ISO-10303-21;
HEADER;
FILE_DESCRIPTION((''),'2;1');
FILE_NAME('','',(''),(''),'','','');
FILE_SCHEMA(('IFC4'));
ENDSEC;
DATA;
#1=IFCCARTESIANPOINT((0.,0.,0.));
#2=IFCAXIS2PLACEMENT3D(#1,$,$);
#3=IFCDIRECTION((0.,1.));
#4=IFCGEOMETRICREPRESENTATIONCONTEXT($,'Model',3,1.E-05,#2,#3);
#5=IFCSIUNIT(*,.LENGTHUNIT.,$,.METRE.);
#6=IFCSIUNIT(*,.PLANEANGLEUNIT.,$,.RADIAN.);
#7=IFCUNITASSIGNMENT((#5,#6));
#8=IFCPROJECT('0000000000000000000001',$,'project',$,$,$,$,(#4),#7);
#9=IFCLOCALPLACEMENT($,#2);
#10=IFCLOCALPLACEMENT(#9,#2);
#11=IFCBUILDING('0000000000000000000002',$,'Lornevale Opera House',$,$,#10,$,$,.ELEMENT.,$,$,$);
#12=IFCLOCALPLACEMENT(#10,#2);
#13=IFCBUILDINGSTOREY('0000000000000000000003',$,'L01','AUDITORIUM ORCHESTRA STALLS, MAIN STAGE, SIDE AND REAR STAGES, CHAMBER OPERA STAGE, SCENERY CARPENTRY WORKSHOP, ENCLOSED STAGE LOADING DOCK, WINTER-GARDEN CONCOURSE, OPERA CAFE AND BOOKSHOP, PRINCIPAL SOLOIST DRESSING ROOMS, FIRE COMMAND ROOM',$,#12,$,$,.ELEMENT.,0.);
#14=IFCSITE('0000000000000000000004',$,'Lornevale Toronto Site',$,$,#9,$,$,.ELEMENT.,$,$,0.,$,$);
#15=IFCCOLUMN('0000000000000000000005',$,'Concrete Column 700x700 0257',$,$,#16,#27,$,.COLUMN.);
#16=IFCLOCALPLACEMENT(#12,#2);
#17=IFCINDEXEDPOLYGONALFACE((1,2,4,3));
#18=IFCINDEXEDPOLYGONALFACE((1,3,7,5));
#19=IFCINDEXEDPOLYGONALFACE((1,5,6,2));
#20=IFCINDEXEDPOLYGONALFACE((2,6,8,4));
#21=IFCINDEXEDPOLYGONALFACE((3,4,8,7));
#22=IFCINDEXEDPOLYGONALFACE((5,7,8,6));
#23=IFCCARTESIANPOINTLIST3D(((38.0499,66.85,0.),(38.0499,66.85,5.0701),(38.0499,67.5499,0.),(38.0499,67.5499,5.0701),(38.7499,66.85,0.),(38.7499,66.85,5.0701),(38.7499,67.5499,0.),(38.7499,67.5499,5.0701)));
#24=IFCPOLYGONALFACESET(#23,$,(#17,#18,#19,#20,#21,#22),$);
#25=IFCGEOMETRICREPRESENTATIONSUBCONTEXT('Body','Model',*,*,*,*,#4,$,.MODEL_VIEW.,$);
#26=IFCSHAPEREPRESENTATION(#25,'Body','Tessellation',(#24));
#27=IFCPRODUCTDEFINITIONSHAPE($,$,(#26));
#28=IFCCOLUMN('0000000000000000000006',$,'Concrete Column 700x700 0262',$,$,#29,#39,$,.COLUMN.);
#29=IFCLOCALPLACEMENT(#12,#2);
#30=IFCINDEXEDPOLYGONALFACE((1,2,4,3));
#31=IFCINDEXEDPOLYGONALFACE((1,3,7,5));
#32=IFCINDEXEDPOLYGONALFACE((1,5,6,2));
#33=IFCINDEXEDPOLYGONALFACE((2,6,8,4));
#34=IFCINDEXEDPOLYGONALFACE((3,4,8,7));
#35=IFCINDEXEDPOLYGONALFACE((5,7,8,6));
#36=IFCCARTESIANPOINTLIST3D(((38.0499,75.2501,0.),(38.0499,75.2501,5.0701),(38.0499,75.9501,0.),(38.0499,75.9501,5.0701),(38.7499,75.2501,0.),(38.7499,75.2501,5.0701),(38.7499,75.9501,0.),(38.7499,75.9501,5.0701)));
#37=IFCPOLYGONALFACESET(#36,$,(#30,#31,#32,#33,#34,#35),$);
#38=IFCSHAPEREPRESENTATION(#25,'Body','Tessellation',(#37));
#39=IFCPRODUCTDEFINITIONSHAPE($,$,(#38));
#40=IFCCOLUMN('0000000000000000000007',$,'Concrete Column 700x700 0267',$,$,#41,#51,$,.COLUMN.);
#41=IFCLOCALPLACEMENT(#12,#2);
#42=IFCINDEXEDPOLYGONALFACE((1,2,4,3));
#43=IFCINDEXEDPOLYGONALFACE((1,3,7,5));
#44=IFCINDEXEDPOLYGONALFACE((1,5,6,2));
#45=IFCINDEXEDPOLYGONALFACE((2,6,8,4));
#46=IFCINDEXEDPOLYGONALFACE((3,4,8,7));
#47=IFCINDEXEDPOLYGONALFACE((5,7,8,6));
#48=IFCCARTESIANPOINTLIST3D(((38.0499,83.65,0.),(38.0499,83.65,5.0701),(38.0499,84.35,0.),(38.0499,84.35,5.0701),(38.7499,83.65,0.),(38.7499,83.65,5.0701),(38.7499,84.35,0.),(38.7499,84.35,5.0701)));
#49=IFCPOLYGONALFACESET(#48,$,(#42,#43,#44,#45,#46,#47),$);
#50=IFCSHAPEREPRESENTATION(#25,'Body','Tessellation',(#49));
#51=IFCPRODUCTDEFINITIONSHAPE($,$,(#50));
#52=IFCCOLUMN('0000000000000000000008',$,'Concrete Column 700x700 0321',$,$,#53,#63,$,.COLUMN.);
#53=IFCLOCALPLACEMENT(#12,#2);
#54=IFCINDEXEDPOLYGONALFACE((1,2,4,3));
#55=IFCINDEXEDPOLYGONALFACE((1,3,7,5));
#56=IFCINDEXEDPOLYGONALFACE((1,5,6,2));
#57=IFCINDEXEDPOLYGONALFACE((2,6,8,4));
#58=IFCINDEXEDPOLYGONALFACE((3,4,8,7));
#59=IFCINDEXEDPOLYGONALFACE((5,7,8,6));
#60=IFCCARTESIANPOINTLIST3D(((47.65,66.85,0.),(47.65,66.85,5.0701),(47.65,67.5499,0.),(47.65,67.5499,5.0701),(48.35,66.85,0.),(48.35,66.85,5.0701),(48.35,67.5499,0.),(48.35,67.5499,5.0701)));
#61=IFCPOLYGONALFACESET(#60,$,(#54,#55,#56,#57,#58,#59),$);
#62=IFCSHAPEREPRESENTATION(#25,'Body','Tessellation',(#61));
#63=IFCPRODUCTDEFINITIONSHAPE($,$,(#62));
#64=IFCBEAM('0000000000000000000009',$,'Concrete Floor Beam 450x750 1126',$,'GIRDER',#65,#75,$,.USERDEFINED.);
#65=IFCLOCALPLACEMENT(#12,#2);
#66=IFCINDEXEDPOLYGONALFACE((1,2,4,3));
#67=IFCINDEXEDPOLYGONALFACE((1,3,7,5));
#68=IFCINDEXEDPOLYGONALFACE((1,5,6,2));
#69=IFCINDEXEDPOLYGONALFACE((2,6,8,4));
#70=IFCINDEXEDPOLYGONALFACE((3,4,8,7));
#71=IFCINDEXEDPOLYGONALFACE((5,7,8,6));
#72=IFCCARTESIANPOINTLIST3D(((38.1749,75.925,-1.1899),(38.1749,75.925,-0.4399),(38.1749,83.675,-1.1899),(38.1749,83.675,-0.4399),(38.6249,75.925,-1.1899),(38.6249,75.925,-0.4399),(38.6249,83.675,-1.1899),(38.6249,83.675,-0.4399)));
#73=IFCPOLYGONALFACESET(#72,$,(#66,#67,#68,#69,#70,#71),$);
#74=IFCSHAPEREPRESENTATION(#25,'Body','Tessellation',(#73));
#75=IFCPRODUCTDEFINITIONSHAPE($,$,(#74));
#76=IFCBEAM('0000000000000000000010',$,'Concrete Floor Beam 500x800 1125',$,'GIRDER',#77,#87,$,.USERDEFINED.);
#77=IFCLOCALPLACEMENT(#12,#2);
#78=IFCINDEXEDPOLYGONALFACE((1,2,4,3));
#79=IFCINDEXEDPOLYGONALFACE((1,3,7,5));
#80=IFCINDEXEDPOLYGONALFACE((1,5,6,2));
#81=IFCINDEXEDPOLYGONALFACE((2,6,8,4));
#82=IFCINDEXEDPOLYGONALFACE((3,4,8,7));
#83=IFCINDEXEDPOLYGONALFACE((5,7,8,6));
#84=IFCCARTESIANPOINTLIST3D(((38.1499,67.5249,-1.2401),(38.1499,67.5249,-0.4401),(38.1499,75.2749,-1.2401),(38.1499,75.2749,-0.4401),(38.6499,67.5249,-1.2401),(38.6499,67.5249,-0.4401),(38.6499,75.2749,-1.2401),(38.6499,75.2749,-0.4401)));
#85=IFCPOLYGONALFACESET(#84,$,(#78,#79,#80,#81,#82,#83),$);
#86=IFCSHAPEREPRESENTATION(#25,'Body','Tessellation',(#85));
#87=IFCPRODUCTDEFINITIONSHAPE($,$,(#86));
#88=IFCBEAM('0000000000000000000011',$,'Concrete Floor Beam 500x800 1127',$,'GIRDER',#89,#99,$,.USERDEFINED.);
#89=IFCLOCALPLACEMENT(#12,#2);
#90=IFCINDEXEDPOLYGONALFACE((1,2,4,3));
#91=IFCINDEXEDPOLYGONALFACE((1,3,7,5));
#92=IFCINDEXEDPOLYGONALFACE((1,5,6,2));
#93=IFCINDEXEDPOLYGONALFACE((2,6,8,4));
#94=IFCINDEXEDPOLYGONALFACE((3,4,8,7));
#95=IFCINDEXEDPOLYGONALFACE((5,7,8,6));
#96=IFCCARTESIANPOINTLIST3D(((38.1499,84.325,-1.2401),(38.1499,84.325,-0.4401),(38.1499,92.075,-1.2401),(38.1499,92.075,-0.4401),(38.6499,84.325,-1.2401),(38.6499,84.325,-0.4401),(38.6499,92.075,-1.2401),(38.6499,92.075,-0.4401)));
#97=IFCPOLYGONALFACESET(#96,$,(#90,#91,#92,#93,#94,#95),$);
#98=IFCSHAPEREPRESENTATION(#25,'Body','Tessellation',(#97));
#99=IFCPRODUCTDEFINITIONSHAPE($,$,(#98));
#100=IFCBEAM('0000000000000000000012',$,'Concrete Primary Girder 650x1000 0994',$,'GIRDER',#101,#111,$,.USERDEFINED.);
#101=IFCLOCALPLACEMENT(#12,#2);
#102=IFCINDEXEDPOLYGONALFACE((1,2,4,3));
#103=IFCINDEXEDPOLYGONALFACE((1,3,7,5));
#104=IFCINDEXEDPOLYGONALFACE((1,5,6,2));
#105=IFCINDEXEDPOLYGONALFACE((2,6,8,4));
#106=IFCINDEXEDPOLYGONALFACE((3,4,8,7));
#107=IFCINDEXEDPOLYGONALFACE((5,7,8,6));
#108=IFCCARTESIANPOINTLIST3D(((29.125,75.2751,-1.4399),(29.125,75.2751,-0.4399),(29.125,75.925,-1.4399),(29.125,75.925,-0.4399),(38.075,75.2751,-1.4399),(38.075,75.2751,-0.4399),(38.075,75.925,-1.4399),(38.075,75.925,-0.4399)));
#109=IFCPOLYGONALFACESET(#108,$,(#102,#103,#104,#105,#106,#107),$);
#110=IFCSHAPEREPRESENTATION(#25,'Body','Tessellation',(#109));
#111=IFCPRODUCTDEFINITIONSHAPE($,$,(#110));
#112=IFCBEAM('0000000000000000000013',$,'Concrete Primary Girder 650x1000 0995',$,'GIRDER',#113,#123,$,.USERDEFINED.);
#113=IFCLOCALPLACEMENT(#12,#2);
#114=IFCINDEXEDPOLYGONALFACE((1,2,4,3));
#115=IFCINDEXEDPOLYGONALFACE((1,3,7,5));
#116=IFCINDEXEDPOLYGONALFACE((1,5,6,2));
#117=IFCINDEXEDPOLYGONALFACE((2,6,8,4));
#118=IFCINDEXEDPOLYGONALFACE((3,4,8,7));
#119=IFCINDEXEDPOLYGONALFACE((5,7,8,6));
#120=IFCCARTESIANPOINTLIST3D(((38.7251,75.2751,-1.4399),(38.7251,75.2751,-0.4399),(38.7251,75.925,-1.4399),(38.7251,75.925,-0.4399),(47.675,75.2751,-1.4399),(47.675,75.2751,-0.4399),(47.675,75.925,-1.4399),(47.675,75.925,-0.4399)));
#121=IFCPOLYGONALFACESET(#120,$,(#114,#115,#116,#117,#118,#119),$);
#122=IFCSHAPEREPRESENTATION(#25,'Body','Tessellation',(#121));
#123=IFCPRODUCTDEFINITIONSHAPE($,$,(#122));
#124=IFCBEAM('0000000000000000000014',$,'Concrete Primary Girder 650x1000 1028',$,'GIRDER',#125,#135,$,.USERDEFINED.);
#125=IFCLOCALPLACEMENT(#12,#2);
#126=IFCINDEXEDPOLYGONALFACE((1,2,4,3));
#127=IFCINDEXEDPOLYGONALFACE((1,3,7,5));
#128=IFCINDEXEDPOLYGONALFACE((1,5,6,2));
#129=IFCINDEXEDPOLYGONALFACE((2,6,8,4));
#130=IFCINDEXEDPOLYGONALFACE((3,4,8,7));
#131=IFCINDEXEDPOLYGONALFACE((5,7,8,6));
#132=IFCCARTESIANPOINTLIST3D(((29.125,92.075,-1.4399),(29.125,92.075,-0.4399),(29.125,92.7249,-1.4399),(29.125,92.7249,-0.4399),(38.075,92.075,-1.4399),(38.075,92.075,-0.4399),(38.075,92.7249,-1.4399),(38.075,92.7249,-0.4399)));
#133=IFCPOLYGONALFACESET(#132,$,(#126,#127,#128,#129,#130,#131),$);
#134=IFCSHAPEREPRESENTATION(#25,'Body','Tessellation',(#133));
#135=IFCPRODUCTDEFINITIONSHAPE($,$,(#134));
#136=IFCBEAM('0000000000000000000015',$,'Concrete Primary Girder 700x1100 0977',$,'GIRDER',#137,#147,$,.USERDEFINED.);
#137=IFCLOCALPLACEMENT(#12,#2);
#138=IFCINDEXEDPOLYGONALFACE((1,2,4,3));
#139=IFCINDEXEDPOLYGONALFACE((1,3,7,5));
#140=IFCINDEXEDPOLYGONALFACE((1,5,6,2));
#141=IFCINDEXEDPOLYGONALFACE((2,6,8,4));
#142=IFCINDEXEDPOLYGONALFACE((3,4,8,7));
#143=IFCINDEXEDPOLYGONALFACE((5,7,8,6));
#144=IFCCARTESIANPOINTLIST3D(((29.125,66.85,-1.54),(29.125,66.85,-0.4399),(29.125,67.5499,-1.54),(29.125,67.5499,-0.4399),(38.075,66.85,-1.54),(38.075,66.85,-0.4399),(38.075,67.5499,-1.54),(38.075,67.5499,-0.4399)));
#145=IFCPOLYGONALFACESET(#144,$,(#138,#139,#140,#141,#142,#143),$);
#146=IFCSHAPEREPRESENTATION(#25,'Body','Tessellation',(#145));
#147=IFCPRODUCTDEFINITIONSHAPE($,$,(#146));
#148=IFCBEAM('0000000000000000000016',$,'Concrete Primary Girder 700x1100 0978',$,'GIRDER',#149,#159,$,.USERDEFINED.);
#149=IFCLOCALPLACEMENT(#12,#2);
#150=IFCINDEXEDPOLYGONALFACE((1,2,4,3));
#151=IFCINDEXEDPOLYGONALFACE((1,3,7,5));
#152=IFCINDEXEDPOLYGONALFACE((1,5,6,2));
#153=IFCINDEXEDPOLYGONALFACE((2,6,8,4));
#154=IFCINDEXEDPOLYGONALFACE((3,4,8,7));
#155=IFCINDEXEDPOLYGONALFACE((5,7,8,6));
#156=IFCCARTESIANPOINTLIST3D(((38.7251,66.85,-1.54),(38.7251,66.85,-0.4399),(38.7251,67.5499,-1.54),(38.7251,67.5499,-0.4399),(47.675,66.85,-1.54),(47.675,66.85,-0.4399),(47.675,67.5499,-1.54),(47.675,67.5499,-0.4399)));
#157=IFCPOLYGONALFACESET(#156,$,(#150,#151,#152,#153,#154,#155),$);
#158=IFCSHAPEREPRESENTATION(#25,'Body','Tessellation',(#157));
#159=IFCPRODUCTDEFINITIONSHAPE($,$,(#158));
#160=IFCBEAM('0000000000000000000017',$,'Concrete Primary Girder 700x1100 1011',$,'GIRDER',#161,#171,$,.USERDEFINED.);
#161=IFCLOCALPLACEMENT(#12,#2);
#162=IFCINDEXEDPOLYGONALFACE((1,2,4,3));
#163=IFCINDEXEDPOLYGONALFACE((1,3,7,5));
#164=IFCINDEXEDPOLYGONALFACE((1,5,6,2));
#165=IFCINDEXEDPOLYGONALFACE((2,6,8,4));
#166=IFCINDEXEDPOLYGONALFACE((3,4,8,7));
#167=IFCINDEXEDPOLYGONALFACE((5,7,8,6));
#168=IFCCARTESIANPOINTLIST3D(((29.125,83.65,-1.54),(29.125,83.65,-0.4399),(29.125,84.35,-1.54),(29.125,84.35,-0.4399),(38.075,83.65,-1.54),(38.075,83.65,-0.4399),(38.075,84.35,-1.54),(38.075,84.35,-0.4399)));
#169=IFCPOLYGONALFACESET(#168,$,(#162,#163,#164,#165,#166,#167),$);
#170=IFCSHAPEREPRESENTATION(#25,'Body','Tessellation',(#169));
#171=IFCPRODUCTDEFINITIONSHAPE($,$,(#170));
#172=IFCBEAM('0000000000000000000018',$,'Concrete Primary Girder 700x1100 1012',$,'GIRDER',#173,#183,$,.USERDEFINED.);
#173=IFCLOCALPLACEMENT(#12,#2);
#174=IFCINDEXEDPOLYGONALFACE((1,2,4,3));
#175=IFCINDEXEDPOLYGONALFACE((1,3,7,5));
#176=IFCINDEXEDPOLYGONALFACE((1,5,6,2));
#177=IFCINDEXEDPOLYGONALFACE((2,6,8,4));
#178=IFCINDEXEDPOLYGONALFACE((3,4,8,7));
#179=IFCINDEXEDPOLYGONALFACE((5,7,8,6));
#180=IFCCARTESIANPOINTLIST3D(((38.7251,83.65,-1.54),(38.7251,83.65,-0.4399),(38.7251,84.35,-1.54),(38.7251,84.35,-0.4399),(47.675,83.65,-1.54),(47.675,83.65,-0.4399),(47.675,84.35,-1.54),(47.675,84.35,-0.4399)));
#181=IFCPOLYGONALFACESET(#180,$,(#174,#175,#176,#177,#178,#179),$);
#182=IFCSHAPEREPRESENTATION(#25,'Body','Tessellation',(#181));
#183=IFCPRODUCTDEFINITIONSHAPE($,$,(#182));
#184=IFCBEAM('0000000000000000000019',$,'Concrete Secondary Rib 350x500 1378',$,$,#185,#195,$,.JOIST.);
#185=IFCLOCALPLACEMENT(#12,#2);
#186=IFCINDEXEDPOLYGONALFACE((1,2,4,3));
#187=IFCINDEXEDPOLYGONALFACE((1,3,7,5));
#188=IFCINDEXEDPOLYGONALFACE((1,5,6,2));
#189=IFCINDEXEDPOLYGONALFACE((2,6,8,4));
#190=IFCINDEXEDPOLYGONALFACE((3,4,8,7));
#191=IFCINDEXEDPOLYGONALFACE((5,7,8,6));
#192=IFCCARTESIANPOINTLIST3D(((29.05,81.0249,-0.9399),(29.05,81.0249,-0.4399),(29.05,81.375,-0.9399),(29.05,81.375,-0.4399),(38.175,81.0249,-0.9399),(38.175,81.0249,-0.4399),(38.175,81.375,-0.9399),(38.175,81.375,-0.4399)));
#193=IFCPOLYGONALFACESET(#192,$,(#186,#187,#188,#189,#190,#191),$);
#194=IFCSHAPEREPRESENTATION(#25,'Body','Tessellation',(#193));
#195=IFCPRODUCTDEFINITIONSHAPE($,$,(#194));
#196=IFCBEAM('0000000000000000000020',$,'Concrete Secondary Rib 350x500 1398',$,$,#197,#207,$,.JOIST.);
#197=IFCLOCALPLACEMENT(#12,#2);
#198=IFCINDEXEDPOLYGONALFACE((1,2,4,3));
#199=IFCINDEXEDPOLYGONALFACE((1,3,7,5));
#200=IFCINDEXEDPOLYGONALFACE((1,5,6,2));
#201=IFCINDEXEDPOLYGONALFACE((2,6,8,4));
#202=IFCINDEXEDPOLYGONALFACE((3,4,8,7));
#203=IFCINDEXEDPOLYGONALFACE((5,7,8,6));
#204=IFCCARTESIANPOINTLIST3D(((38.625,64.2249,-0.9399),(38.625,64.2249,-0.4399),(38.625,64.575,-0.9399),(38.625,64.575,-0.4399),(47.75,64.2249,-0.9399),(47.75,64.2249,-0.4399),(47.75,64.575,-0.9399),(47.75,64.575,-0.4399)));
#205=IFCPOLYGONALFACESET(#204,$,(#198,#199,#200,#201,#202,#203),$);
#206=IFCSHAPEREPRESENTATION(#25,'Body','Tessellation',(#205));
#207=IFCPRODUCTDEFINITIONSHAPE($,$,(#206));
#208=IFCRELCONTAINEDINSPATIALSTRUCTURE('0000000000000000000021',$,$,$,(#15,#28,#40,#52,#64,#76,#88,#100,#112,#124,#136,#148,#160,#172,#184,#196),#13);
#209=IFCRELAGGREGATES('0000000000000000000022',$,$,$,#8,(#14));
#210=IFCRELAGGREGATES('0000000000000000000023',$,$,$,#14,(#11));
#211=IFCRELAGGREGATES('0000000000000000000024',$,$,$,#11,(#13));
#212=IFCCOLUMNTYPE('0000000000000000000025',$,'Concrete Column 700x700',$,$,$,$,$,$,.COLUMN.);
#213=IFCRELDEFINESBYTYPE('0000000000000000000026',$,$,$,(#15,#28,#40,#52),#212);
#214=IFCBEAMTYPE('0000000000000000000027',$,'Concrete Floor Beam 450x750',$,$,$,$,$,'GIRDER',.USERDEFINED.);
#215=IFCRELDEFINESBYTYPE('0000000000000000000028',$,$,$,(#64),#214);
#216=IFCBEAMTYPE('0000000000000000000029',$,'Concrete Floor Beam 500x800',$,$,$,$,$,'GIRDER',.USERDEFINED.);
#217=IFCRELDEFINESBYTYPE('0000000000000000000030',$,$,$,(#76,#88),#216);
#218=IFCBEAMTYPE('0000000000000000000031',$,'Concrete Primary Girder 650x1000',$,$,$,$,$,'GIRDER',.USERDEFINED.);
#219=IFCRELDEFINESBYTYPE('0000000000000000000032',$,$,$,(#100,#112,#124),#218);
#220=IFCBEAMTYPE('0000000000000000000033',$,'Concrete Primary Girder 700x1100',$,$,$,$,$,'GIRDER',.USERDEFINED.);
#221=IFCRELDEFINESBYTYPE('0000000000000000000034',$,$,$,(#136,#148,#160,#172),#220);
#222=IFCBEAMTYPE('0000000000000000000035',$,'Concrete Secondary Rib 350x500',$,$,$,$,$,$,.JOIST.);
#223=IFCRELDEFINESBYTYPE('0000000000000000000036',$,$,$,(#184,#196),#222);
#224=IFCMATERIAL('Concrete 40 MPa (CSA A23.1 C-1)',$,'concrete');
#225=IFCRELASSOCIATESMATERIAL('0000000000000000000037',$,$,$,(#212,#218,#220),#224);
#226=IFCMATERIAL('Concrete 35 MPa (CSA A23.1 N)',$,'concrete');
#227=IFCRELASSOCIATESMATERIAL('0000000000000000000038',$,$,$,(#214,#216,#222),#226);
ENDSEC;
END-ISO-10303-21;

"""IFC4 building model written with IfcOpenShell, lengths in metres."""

from ifc_helpers import new_model, si_unit, direction, frame, origin, origin_2d, place, context, subcontext, project, spatial, rectangle, extrude, material, material_profile, profile_set, type_object, element, save


model = new_model("IFC4")

# Units and contexts
model_context = context("Model", 3, precision=1e-05, world=origin(), true_north=direction((0.0, 1.0)))
body_context = subcontext(model_context, "Body", "Model", "MODEL_VIEW")
ifc_project = project(units=[si_unit("LENGTHUNIT", "METRE"), si_unit("PLANEANGLEUNIT", "RADIAN")], contexts=[model_context])

# Site, building, storey
site_placement = place(None, origin())
site = spatial("IfcSite", under=ifc_project, at=site_placement, Name="Lornevale Toronto Site", CompositionType="ELEMENT", RefElevation=0.0)
building_placement = place(site_placement, origin())
building = spatial("IfcBuilding", under=site, at=building_placement, Name="Lornevale Opera House", CompositionType="ELEMENT")
storey_placement = place(building_placement, origin())
storey = spatial("IfcBuildingStorey", under=building, at=storey_placement, Name="L01", Description="AUDITORIUM ORCHESTRA STALLS, MAIN STAGE, SIDE AND REAR STAGES, CHAMBER OPERA STAGE, SCENERY CARPENTRY WORKSHOP, ENCLOSED STAGE LOADING DOCK, WINTER-GARDEN CONCOURSE, OPERA CAFE AND BOOKSHOP, PRINCIPAL SOLOIST DRESSING ROOMS, FIRE COMMAND ROOM", CompositionType="ELEMENT", Elevation=0.0)

# Columns
ifc_material_1 = material(Name="Concrete 40 MPa (CSA A23.1 C-1)", Category="concrete")
ifc_material_profile_1 = material_profile(ifc_material_1, rectangle(XDim=0.7, YDim=0.7, at=origin_2d()), Name="RC700x700")
ifc_profile_set_1 = profile_set([ifc_material_profile_1], Name="Concrete 40 MPa (CSA A23.1 C-1)")
column_type = type_object("IfcColumnType", Name="Concrete Column 700x700", PredefinedType="COLUMN", material=ifc_profile_set_1)
for number, where, z_axis, x_axis, name in (
    (1, (38.3999, 67.2, 0.0), (0.0, 0.0, 1.0), (1.0, 0.0, 0.0), "Concrete Column 700x700 0257"),
    (2, (38.3999, 75.6001, 0.0), (0.0, 0.0, 1.0), (1.0, 0.0, 0.0), "Concrete Column 700x700 0262"),
    (3, (38.3999, 84.0, 0.0), (0.0, 0.0, 1.0), (1.0, 0.0, 0.0), "Concrete Column 700x700 0267"),
    (4, (48.0, 67.2, 0.0), (0.0, 0.0, 1.0), (1.0, 0.0, 0.0), "Concrete Column 700x700 0321"),
):
    element("IfcColumn", number, at=place(storey_placement, frame(where, z_axis=z_axis, x_axis=x_axis)), inside=storey, type_object=column_type, Name=name, PredefinedType="COLUMN", context=body_context, shape_type="SweptSolid", body=[
        extrude(rectangle(XDim=0.7, YDim=0.7, at=origin_2d()), origin(), (0.0, 0.0, 1.0), 5.0701),
    ])

# Beams
ifc_material_2 = material(Name="Concrete 35 MPa (CSA A23.1 N)", Category="concrete")
ifc_material_profile_2 = material_profile(ifc_material_2, rectangle(XDim=0.45, YDim=0.75, at=origin_2d()), Name="RC450x750")
ifc_profile_set_2 = profile_set([ifc_material_profile_2], Name="Concrete 35 MPa (CSA A23.1 N)")
beam_type_1 = type_object("IfcBeamType", Name="Concrete Floor Beam 450x750", ElementType="GIRDER", PredefinedType="USERDEFINED", material=ifc_profile_set_2)
beam_placement = place(storey_placement, frame((38.3999, 75.925, -0.8149), z_axis=(0.0, 1.0, 0.0), x_axis=(-1.0, 0.0, 0.0)))
element("IfcBeam", 5, at=beam_placement, inside=storey, type_object=beam_type_1, Name="Concrete Floor Beam 450x750 1126", ObjectType="GIRDER", PredefinedType="USERDEFINED", context=body_context, shape_type="SweptSolid", body=[
    extrude(rectangle(XDim=0.45, YDim=0.75, at=origin_2d()), origin(), (0.0, 0.0, 1.0), 7.75),
])
ifc_material_profile_3 = material_profile(ifc_material_2, rectangle(XDim=0.5, YDim=0.8, at=origin_2d()), Name="RC500x800")
ifc_profile_set_3 = profile_set([ifc_material_profile_3], Name="Concrete 35 MPa (CSA A23.1 N)")
beam_type_2 = type_object("IfcBeamType", Name="Concrete Floor Beam 500x800", ElementType="GIRDER", PredefinedType="USERDEFINED", material=ifc_profile_set_3)
for number, where, z_axis, x_axis, name in (
    (6, (38.3999, 67.5249, -0.8401), (0.0, 1.0, 0.0), (-1.0, 0.0, 0.0), "Concrete Floor Beam 500x800 1125"),
    (7, (38.3999, 84.325, -0.8401), (0.0, 1.0, 0.0), (-1.0, 0.0, 0.0), "Concrete Floor Beam 500x800 1127"),
):
    element("IfcBeam", number, at=place(storey_placement, frame(where, z_axis=z_axis, x_axis=x_axis)), inside=storey, type_object=beam_type_2, Name=name, ObjectType="GIRDER", PredefinedType="USERDEFINED", context=body_context, shape_type="SweptSolid", body=[
        extrude(rectangle(XDim=0.5, YDim=0.8, at=origin_2d()), origin(), (0.0, 0.0, 1.0), 7.75),
    ])
ifc_material_profile_4 = material_profile(ifc_material_1, rectangle(XDim=0.6499, YDim=1.0, at=origin_2d()), Name="RC650x1000")
ifc_profile_set_4 = profile_set([ifc_material_profile_4], Name="Concrete 40 MPa (CSA A23.1 C-1)")
beam_type_3 = type_object("IfcBeamType", Name="Concrete Primary Girder 650x1000", ElementType="GIRDER", PredefinedType="USERDEFINED", material=ifc_profile_set_4)
for number, where, z_axis, x_axis, name in (
    (8, (29.125, 75.6001, -0.9399), (1.0, 0.0, 0.0), (0.0, 1.0, 0.0), "Concrete Primary Girder 650x1000 0994"),
    (9, (38.7251, 75.6001, -0.9399), (1.0, 0.0, 0.0), (0.0, 1.0, 0.0), "Concrete Primary Girder 650x1000 0995"),
    (10, (29.125, 92.3999, -0.9399), (1.0, 0.0, 0.0), (0.0, 1.0, 0.0), "Concrete Primary Girder 650x1000 1028"),
):
    element("IfcBeam", number, at=place(storey_placement, frame(where, z_axis=z_axis, x_axis=x_axis)), inside=storey, type_object=beam_type_3, Name=name, ObjectType="GIRDER", PredefinedType="USERDEFINED", context=body_context, shape_type="SweptSolid", body=[
        extrude(rectangle(XDim=0.6499, YDim=1.0, at=origin_2d()), origin(), (0.0, 0.0, 1.0), 8.95),
    ])
ifc_material_profile_5 = material_profile(ifc_material_1, rectangle(XDim=0.7, YDim=1.1001, at=origin_2d()), Name="RC700x1100")
ifc_profile_set_5 = profile_set([ifc_material_profile_5], Name="Concrete 40 MPa (CSA A23.1 C-1)")
beam_type_4 = type_object("IfcBeamType", Name="Concrete Primary Girder 700x1100", ElementType="GIRDER", PredefinedType="USERDEFINED", material=ifc_profile_set_5)
for number, where, z_axis, x_axis, name in (
    (11, (29.125, 67.2, -0.99), (1.0, 0.0, 0.0), (0.0, 1.0, 0.0), "Concrete Primary Girder 700x1100 0977"),
    (12, (38.7251, 67.2, -0.99), (1.0, 0.0, 0.0), (0.0, 1.0, 0.0), "Concrete Primary Girder 700x1100 0978"),
    (13, (29.125, 84.0, -0.99), (1.0, 0.0, 0.0), (0.0, 1.0, 0.0), "Concrete Primary Girder 700x1100 1011"),
    (14, (38.7251, 84.0, -0.99), (1.0, 0.0, 0.0), (0.0, 1.0, 0.0), "Concrete Primary Girder 700x1100 1012"),
):
    element("IfcBeam", number, at=place(storey_placement, frame(where, z_axis=z_axis, x_axis=x_axis)), inside=storey, type_object=beam_type_4, Name=name, ObjectType="GIRDER", PredefinedType="USERDEFINED", context=body_context, shape_type="SweptSolid", body=[
        extrude(rectangle(XDim=0.7, YDim=1.1001, at=origin_2d()), origin(), (0.0, 0.0, 1.0), 8.95),
    ])
ifc_material_profile_6 = material_profile(ifc_material_2, rectangle(XDim=0.3501, YDim=0.5, at=origin_2d()), Name="RC350x500")
ifc_profile_set_6 = profile_set([ifc_material_profile_6], Name="Concrete 35 MPa (CSA A23.1 N)")
beam_type_5 = type_object("IfcBeamType", Name="Concrete Secondary Rib 350x500", PredefinedType="JOIST", material=ifc_profile_set_6)
for number, where, z_axis, x_axis, name in (
    (15, (29.05, 81.2, -0.6899), (1.0, 0.0, 0.0), (0.0, 1.0, 0.0), "Concrete Secondary Rib 350x500 1378"),
    (16, (38.625, 64.3999, -0.6899), (1.0, 0.0, 0.0), (0.0, 1.0, 0.0), "Concrete Secondary Rib 350x500 1398"),
):
    element("IfcBeam", number, at=place(storey_placement, frame(where, z_axis=z_axis, x_axis=x_axis)), inside=storey, type_object=beam_type_5, Name=name, PredefinedType="JOIST", context=body_context, shape_type="SweptSolid", body=[
        extrude(rectangle(XDim=0.3501, YDim=0.5, at=origin_2d()), origin(), (0.0, 0.0, 1.0), 9.125),
    ])

save(model, "model.ifc")
